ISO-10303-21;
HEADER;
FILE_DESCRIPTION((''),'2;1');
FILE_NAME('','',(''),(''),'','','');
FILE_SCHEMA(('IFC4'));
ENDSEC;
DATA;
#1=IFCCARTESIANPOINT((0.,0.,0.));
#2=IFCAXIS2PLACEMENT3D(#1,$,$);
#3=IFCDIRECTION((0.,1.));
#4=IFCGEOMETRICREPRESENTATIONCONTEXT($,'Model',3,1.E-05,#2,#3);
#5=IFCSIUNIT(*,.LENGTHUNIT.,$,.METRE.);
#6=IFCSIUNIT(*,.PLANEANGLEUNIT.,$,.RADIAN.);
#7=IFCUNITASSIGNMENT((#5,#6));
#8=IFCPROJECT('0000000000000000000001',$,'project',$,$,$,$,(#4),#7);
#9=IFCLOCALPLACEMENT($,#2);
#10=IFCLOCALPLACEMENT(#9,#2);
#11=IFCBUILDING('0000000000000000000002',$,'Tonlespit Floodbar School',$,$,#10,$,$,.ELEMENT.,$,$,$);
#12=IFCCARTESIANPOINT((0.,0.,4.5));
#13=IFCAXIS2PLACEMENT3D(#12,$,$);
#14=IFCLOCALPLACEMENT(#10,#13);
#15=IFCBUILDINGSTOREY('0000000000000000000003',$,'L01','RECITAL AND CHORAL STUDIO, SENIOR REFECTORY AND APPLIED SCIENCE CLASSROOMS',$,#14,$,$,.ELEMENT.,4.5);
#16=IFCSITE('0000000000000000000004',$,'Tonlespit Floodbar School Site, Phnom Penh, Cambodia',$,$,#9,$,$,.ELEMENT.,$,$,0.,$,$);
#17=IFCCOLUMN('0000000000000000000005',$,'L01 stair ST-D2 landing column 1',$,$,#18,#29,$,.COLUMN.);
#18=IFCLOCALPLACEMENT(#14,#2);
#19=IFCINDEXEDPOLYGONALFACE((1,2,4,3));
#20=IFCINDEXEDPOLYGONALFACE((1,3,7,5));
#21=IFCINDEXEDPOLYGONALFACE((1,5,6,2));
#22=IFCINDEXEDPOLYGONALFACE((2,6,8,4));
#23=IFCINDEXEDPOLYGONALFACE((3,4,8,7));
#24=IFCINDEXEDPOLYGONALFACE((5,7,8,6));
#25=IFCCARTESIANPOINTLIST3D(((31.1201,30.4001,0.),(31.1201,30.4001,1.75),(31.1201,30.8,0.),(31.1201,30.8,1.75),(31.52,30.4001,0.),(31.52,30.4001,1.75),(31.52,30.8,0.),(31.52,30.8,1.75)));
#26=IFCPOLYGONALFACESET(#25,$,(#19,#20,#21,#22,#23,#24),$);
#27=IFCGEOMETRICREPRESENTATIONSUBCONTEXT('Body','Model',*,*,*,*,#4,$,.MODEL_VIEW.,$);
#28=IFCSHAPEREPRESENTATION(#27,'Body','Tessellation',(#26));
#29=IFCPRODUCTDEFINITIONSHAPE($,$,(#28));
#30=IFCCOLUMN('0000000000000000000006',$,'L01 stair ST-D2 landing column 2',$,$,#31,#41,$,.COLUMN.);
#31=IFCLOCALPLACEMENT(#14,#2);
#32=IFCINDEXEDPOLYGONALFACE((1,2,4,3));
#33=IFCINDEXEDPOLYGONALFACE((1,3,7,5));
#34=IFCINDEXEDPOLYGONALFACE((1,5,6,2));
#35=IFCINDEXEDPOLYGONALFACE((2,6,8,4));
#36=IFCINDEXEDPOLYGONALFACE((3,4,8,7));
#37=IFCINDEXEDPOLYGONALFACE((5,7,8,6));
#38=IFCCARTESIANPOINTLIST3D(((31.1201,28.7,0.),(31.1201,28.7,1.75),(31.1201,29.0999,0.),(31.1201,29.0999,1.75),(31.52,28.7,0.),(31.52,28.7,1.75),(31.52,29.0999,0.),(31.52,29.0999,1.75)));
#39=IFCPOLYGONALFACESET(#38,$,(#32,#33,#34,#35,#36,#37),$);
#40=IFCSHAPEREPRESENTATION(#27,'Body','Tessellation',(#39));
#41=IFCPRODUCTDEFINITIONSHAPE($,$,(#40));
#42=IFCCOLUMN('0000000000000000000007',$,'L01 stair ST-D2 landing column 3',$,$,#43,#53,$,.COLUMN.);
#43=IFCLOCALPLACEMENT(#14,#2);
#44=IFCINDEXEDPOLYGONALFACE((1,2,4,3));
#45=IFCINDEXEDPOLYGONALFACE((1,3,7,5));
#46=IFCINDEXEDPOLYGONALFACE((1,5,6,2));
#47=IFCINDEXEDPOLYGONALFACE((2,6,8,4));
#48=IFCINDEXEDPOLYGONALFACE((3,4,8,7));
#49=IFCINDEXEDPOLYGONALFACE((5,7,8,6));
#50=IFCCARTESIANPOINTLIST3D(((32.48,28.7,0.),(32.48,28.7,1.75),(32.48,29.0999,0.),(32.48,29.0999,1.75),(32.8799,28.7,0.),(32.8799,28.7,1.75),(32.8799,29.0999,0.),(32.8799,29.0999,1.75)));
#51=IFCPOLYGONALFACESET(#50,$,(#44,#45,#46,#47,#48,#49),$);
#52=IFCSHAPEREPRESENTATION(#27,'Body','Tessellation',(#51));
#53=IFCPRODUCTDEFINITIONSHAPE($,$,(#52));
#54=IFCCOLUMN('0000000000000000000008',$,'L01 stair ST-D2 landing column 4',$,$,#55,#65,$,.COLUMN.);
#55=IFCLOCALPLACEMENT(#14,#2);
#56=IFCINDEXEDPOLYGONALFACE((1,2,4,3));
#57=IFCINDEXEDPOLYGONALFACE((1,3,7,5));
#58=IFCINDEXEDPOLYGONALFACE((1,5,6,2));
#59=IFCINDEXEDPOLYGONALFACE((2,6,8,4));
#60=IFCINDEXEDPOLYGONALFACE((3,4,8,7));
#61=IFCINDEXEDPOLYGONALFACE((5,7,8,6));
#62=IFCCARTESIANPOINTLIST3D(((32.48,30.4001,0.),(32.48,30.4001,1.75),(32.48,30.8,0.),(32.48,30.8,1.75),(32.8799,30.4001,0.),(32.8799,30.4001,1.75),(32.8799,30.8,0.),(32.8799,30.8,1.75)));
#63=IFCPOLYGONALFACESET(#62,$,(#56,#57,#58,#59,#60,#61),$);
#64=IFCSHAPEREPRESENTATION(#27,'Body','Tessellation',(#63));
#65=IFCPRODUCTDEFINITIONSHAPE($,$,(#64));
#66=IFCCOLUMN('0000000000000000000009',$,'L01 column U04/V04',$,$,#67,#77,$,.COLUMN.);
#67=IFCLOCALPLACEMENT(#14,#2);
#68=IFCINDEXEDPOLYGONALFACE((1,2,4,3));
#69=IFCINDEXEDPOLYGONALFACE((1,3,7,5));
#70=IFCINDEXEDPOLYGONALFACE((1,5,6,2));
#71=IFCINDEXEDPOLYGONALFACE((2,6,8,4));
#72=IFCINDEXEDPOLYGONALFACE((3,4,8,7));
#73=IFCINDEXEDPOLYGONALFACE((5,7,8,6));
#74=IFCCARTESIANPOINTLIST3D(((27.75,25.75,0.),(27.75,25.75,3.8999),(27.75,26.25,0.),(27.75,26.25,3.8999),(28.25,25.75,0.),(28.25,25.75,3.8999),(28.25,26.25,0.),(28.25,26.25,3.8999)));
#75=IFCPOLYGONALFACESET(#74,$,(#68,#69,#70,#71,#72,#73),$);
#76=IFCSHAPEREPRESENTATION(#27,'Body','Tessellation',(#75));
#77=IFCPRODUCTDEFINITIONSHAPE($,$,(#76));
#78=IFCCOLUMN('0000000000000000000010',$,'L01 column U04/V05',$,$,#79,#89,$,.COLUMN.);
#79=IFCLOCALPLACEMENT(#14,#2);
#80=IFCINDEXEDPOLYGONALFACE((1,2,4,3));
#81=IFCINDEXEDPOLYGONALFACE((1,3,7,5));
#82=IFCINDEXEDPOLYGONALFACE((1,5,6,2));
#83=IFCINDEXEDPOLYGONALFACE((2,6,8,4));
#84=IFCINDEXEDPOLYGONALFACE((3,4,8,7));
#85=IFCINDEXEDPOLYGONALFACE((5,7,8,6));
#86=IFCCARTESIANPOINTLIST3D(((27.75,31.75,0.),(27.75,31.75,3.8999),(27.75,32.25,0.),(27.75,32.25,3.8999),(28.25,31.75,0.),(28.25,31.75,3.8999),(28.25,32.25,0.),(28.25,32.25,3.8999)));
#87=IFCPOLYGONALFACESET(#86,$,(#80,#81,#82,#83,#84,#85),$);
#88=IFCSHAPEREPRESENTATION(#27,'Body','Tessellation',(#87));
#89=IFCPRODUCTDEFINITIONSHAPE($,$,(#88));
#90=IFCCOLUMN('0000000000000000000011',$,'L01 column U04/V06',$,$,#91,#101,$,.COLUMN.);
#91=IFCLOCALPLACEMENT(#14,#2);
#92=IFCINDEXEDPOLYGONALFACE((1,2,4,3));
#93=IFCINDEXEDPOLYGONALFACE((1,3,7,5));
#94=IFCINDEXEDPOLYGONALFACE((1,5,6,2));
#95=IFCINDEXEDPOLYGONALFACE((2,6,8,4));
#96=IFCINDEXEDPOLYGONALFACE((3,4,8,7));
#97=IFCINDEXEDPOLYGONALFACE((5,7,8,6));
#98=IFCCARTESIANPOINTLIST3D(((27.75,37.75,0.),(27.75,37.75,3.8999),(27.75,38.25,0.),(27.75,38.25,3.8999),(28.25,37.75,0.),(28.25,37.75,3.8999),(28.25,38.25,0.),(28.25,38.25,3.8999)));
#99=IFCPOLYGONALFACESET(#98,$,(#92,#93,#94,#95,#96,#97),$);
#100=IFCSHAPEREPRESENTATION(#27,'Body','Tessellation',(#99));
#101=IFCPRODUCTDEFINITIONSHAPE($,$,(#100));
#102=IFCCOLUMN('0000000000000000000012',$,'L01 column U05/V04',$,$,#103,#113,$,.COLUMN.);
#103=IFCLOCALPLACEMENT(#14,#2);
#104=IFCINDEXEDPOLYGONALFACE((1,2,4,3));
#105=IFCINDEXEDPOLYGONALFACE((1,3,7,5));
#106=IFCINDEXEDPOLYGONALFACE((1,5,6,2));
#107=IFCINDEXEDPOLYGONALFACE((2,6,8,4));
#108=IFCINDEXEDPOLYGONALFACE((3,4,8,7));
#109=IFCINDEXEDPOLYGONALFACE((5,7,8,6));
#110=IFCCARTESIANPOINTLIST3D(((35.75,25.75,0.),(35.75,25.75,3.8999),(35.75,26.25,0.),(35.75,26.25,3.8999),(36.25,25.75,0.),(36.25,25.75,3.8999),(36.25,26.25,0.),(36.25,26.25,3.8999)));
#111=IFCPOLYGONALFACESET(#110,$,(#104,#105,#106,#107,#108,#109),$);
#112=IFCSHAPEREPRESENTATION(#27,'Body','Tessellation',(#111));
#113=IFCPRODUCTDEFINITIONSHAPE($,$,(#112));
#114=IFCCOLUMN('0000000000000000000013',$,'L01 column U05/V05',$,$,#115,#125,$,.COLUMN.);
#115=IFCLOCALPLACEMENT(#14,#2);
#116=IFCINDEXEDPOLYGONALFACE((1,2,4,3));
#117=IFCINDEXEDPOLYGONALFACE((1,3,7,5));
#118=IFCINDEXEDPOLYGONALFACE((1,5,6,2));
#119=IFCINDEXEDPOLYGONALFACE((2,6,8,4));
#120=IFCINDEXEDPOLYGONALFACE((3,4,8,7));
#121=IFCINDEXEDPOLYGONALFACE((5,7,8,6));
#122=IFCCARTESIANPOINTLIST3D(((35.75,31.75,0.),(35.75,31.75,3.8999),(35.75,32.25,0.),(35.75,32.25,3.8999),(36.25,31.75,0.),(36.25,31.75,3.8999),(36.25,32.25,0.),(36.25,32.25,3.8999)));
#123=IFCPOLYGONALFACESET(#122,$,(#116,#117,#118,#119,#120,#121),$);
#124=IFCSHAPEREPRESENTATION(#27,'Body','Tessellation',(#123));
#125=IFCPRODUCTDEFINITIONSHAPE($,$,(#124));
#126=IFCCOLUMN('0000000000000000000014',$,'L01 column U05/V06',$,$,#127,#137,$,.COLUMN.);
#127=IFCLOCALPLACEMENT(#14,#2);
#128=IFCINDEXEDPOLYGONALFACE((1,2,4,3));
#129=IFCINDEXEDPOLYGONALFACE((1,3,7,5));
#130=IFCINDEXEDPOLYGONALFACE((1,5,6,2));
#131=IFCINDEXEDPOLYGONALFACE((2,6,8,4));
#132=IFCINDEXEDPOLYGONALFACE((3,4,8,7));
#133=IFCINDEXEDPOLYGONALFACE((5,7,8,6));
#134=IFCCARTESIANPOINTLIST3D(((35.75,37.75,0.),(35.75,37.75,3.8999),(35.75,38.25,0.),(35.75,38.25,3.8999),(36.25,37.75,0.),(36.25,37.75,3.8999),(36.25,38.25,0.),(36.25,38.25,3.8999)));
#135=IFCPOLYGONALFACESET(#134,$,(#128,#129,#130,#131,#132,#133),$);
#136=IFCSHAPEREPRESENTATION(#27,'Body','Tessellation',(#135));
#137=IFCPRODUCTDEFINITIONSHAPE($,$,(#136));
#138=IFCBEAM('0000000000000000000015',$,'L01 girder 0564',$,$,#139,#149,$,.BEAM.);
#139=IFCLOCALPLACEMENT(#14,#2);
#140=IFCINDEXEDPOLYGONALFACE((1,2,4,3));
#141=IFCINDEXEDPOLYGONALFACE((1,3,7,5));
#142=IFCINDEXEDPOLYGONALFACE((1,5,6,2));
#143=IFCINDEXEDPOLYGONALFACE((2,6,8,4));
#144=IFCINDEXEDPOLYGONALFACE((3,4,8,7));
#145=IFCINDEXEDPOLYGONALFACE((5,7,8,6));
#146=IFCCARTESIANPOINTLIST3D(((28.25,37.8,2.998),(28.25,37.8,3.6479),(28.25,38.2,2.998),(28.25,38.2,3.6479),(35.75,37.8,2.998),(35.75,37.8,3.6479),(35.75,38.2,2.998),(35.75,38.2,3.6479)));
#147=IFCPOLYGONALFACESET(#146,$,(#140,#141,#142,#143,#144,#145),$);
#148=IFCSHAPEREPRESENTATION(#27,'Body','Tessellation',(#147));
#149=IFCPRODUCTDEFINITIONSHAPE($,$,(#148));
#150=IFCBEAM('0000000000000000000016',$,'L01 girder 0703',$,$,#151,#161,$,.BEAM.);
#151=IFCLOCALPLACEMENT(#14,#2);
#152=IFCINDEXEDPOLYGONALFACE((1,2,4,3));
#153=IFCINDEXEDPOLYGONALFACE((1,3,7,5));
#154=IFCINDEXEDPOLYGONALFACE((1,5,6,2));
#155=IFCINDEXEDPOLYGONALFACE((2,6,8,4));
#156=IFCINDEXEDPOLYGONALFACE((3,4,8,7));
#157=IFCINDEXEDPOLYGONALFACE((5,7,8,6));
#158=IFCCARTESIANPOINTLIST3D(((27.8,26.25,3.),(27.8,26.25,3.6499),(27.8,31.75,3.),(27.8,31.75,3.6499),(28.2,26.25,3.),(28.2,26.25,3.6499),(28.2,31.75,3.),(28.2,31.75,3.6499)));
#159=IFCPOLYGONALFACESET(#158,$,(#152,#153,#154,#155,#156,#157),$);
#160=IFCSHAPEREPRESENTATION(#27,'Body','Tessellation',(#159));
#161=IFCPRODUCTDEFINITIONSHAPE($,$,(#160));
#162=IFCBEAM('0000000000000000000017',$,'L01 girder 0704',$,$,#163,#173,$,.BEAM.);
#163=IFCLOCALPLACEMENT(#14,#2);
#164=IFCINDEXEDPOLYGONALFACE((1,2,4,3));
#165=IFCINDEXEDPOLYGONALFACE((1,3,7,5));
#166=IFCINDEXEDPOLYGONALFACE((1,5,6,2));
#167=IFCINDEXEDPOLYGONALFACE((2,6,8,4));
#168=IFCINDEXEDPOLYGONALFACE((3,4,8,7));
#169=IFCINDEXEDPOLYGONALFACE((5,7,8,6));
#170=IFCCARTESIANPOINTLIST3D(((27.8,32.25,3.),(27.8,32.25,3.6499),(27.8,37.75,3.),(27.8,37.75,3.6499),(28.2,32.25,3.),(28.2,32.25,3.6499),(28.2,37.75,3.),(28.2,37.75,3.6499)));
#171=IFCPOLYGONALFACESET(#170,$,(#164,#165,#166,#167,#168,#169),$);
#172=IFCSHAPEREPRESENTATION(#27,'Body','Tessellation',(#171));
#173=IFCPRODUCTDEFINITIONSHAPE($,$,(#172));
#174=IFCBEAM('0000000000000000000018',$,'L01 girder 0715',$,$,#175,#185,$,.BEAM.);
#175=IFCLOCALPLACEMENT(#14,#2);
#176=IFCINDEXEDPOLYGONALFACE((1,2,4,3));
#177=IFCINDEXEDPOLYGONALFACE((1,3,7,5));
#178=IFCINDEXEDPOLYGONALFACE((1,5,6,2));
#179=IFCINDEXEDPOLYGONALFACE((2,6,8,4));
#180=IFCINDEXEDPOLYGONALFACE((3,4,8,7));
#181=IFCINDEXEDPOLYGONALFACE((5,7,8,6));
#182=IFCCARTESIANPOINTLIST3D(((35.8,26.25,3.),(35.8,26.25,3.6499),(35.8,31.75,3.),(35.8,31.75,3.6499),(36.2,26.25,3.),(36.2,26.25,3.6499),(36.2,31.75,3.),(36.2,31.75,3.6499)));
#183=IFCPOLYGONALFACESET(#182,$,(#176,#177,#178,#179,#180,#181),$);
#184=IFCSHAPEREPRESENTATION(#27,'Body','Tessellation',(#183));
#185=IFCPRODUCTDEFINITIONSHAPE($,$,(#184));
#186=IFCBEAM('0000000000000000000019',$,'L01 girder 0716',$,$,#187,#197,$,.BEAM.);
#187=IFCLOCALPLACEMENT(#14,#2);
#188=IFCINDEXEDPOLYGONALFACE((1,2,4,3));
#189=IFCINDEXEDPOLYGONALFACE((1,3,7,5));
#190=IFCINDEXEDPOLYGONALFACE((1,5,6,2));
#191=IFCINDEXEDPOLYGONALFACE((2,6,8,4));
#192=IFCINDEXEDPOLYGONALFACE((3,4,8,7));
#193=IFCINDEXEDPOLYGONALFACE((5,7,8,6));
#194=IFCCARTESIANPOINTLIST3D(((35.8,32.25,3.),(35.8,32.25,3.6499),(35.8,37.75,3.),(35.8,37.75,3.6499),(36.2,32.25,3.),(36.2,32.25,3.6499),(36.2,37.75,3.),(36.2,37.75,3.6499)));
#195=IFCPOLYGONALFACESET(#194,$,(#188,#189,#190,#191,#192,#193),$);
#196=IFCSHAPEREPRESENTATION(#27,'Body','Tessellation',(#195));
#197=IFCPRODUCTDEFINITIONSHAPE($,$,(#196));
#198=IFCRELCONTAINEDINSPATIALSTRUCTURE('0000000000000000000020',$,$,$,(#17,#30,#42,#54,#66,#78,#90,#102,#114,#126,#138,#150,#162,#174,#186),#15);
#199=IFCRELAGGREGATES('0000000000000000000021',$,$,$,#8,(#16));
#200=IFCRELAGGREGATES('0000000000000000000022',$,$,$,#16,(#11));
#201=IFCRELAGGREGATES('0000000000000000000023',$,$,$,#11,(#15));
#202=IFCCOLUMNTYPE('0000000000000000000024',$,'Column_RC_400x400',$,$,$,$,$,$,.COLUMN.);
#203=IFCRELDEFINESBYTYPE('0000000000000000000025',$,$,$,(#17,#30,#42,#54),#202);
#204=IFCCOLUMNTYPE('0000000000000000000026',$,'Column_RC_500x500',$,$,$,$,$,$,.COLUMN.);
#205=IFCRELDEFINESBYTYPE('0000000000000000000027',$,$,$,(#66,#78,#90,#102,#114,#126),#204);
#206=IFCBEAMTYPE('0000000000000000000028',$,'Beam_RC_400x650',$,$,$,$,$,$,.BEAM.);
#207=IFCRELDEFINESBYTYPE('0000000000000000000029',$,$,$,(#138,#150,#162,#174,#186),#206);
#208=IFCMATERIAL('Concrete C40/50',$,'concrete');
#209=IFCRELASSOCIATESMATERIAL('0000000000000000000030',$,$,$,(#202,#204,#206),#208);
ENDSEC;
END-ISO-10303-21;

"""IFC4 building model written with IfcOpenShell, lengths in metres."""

from ifc_helpers import new_model, si_unit, direction, frame, origin, origin_2d, place, context, subcontext, project, spatial, rectangle, extrude, material, material_profile, profile_set, type_object, element, save


model = new_model("IFC4")

# Units and contexts
model_context = context("Model", 3, precision=1e-05, world=origin(), true_north=direction((0.0, 1.0)))
body_context = subcontext(model_context, "Body", "Model", "MODEL_VIEW")
ifc_project = project(units=[si_unit("LENGTHUNIT", "METRE"), si_unit("PLANEANGLEUNIT", "RADIAN")], contexts=[model_context])

# Site, building, storey
site_placement = place(None, origin())
site = spatial("IfcSite", under=ifc_project, at=site_placement, Name="Tonlespit Floodbar School Site, Phnom Penh, Cambodia", CompositionType="ELEMENT", RefElevation=0.0)
building_placement = place(site_placement, origin())
building = spatial("IfcBuilding", under=site, at=building_placement, Name="Tonlespit Floodbar School", CompositionType="ELEMENT")
storey_placement = place(building_placement, frame((0.0, 0.0, 4.5)))
storey = spatial("IfcBuildingStorey", under=building, at=storey_placement, Name="L01", Description="RECITAL AND CHORAL STUDIO, SENIOR REFECTORY AND APPLIED SCIENCE CLASSROOMS", CompositionType="ELEMENT", Elevation=4.5)

# Columns
ifc_material_1 = material(Name="Concrete C40/50", Category="concrete")
ifc_material_profile_1 = material_profile(ifc_material_1, rectangle(XDim=0.3999, YDim=0.3999, at=origin_2d()), Name="RC 400x400")
ifc_profile_set_1 = profile_set([ifc_material_profile_1], Name="Concrete C40/50")
column_type_1 = type_object("IfcColumnType", Name="Column_RC_400x400", PredefinedType="COLUMN", material=ifc_profile_set_1)
for number, where, z_axis, x_axis, name in (
    (1, (31.3201, 30.6001, 0.0), (0.0, 0.0, 1.0), (1.0, 0.0, 0.0), "L01 stair ST-D2 landing column 1"),
    (2, (31.3201, 28.8999, 0.0), (0.0, 0.0, 1.0), (1.0, 0.0, 0.0), "L01 stair ST-D2 landing column 2"),
    (3, (32.6799, 28.8999, 0.0), (0.0, 0.0, 1.0), (1.0, 0.0, 0.0), "L01 stair ST-D2 landing column 3"),
    (4, (32.6799, 30.6001, 0.0), (0.0, 0.0, 1.0), (1.0, 0.0, 0.0), "L01 stair ST-D2 landing column 4"),
):
    element("IfcColumn", number, at=place(storey_placement, frame(where, z_axis=z_axis, x_axis=x_axis)), inside=storey, type_object=column_type_1, Name=name, PredefinedType="COLUMN", context=body_context, shape_type="SweptSolid", body=[
        extrude(rectangle(XDim=0.3999, YDim=0.3999, at=origin_2d()), origin(), (0.0, 0.0, 1.0), 1.75),
    ])
ifc_material_profile_2 = material_profile(ifc_material_1, rectangle(XDim=0.5, YDim=0.5, at=origin_2d()), Name="RC 500x500")
ifc_profile_set_2 = profile_set([ifc_material_profile_2], Name="Concrete C40/50")
column_type_2 = type_object("IfcColumnType", Name="Column_RC_500x500", PredefinedType="COLUMN", material=ifc_profile_set_2)
for number, where, z_axis, x_axis, name in (
    (5, (28.0, 26.0, 0.0), (0.0, 0.0, 1.0), (1.0, 0.0, 0.0), "L01 column U04/V04"),
    (6, (28.0, 32.0, 0.0), (0.0, 0.0, 1.0), (1.0, 0.0, 0.0), "L01 column U04/V05"),
    (7, (28.0, 38.0, 0.0), (0.0, 0.0, 1.0), (1.0, 0.0, 0.0), "L01 column U04/V06"),
    (8, (36.0, 26.0, 0.0), (0.0, 0.0, 1.0), (1.0, 0.0, 0.0), "L01 column U05/V04"),
    (9, (36.0, 32.0, 0.0), (0.0, 0.0, 1.0), (1.0, 0.0, 0.0), "L01 column U05/V05"),
    (10, (36.0, 38.0, 0.0), (0.0, 0.0, 1.0), (1.0, 0.0, 0.0), "L01 column U05/V06"),
):
    element("IfcColumn", number, at=place(storey_placement, frame(where, z_axis=z_axis, x_axis=x_axis)), inside=storey, type_object=column_type_2, Name=name, PredefinedType="COLUMN", context=body_context, shape_type="SweptSolid", body=[
        extrude(rectangle(XDim=0.5, YDim=0.5, at=origin_2d()), origin(), (0.0, 0.0, 1.0), 3.8999),
    ])

# Beams
ifc_material_profile_3 = material_profile(ifc_material_1, rectangle(XDim=0.3999, YDim=0.6499, at=origin_2d()), Name="RC 400x650")
ifc_profile_set_3 = profile_set([ifc_material_profile_3], Name="Concrete C40/50")
beam_type = type_object("IfcBeamType", Name="Beam_RC_400x650", PredefinedType="BEAM", material=ifc_profile_set_3)
beam_placement = place(storey_placement, frame((28.25, 38.0, 3.323), z_axis=(1.0, 0.0, 0.0), x_axis=(0.0, 1.0, 0.0)))
element("IfcBeam", 11, at=beam_placement, inside=storey, type_object=beam_type, Name="L01 girder 0564", PredefinedType="BEAM", context=body_context, shape_type="SweptSolid", body=[
    extrude(rectangle(XDim=0.3999, YDim=0.6499, at=origin_2d()), origin(), (0.0, 0.0, 1.0), 7.5),
])
for number, where, z_axis, x_axis, name in (
    (12, (28.0, 26.25, 3.325), (0.0, 1.0, 0.0), (-1.0, 0.0, 0.0), "L01 girder 0703"),
    (13, (28.0, 32.25, 3.325), (0.0, 1.0, 0.0), (-1.0, 0.0, 0.0), "L01 girder 0704"),
    (14, (36.0, 26.25, 3.325), (0.0, 1.0, 0.0), (-1.0, 0.0, 0.0), "L01 girder 0715"),
    (15, (36.0, 32.25, 3.325), (0.0, 1.0, 0.0), (-1.0, 0.0, 0.0), "L01 girder 0716"),
):
    element("IfcBeam", number, at=place(storey_placement, frame(where, z_axis=z_axis, x_axis=x_axis)), inside=storey, type_object=beam_type, Name=name, PredefinedType="BEAM", context=body_context, shape_type="SweptSolid", body=[
        extrude(rectangle(XDim=0.3999, YDim=0.6499, at=origin_2d()), origin(), (0.0, 0.0, 1.0), 5.5),
    ])

save(model, "model.ifc")
